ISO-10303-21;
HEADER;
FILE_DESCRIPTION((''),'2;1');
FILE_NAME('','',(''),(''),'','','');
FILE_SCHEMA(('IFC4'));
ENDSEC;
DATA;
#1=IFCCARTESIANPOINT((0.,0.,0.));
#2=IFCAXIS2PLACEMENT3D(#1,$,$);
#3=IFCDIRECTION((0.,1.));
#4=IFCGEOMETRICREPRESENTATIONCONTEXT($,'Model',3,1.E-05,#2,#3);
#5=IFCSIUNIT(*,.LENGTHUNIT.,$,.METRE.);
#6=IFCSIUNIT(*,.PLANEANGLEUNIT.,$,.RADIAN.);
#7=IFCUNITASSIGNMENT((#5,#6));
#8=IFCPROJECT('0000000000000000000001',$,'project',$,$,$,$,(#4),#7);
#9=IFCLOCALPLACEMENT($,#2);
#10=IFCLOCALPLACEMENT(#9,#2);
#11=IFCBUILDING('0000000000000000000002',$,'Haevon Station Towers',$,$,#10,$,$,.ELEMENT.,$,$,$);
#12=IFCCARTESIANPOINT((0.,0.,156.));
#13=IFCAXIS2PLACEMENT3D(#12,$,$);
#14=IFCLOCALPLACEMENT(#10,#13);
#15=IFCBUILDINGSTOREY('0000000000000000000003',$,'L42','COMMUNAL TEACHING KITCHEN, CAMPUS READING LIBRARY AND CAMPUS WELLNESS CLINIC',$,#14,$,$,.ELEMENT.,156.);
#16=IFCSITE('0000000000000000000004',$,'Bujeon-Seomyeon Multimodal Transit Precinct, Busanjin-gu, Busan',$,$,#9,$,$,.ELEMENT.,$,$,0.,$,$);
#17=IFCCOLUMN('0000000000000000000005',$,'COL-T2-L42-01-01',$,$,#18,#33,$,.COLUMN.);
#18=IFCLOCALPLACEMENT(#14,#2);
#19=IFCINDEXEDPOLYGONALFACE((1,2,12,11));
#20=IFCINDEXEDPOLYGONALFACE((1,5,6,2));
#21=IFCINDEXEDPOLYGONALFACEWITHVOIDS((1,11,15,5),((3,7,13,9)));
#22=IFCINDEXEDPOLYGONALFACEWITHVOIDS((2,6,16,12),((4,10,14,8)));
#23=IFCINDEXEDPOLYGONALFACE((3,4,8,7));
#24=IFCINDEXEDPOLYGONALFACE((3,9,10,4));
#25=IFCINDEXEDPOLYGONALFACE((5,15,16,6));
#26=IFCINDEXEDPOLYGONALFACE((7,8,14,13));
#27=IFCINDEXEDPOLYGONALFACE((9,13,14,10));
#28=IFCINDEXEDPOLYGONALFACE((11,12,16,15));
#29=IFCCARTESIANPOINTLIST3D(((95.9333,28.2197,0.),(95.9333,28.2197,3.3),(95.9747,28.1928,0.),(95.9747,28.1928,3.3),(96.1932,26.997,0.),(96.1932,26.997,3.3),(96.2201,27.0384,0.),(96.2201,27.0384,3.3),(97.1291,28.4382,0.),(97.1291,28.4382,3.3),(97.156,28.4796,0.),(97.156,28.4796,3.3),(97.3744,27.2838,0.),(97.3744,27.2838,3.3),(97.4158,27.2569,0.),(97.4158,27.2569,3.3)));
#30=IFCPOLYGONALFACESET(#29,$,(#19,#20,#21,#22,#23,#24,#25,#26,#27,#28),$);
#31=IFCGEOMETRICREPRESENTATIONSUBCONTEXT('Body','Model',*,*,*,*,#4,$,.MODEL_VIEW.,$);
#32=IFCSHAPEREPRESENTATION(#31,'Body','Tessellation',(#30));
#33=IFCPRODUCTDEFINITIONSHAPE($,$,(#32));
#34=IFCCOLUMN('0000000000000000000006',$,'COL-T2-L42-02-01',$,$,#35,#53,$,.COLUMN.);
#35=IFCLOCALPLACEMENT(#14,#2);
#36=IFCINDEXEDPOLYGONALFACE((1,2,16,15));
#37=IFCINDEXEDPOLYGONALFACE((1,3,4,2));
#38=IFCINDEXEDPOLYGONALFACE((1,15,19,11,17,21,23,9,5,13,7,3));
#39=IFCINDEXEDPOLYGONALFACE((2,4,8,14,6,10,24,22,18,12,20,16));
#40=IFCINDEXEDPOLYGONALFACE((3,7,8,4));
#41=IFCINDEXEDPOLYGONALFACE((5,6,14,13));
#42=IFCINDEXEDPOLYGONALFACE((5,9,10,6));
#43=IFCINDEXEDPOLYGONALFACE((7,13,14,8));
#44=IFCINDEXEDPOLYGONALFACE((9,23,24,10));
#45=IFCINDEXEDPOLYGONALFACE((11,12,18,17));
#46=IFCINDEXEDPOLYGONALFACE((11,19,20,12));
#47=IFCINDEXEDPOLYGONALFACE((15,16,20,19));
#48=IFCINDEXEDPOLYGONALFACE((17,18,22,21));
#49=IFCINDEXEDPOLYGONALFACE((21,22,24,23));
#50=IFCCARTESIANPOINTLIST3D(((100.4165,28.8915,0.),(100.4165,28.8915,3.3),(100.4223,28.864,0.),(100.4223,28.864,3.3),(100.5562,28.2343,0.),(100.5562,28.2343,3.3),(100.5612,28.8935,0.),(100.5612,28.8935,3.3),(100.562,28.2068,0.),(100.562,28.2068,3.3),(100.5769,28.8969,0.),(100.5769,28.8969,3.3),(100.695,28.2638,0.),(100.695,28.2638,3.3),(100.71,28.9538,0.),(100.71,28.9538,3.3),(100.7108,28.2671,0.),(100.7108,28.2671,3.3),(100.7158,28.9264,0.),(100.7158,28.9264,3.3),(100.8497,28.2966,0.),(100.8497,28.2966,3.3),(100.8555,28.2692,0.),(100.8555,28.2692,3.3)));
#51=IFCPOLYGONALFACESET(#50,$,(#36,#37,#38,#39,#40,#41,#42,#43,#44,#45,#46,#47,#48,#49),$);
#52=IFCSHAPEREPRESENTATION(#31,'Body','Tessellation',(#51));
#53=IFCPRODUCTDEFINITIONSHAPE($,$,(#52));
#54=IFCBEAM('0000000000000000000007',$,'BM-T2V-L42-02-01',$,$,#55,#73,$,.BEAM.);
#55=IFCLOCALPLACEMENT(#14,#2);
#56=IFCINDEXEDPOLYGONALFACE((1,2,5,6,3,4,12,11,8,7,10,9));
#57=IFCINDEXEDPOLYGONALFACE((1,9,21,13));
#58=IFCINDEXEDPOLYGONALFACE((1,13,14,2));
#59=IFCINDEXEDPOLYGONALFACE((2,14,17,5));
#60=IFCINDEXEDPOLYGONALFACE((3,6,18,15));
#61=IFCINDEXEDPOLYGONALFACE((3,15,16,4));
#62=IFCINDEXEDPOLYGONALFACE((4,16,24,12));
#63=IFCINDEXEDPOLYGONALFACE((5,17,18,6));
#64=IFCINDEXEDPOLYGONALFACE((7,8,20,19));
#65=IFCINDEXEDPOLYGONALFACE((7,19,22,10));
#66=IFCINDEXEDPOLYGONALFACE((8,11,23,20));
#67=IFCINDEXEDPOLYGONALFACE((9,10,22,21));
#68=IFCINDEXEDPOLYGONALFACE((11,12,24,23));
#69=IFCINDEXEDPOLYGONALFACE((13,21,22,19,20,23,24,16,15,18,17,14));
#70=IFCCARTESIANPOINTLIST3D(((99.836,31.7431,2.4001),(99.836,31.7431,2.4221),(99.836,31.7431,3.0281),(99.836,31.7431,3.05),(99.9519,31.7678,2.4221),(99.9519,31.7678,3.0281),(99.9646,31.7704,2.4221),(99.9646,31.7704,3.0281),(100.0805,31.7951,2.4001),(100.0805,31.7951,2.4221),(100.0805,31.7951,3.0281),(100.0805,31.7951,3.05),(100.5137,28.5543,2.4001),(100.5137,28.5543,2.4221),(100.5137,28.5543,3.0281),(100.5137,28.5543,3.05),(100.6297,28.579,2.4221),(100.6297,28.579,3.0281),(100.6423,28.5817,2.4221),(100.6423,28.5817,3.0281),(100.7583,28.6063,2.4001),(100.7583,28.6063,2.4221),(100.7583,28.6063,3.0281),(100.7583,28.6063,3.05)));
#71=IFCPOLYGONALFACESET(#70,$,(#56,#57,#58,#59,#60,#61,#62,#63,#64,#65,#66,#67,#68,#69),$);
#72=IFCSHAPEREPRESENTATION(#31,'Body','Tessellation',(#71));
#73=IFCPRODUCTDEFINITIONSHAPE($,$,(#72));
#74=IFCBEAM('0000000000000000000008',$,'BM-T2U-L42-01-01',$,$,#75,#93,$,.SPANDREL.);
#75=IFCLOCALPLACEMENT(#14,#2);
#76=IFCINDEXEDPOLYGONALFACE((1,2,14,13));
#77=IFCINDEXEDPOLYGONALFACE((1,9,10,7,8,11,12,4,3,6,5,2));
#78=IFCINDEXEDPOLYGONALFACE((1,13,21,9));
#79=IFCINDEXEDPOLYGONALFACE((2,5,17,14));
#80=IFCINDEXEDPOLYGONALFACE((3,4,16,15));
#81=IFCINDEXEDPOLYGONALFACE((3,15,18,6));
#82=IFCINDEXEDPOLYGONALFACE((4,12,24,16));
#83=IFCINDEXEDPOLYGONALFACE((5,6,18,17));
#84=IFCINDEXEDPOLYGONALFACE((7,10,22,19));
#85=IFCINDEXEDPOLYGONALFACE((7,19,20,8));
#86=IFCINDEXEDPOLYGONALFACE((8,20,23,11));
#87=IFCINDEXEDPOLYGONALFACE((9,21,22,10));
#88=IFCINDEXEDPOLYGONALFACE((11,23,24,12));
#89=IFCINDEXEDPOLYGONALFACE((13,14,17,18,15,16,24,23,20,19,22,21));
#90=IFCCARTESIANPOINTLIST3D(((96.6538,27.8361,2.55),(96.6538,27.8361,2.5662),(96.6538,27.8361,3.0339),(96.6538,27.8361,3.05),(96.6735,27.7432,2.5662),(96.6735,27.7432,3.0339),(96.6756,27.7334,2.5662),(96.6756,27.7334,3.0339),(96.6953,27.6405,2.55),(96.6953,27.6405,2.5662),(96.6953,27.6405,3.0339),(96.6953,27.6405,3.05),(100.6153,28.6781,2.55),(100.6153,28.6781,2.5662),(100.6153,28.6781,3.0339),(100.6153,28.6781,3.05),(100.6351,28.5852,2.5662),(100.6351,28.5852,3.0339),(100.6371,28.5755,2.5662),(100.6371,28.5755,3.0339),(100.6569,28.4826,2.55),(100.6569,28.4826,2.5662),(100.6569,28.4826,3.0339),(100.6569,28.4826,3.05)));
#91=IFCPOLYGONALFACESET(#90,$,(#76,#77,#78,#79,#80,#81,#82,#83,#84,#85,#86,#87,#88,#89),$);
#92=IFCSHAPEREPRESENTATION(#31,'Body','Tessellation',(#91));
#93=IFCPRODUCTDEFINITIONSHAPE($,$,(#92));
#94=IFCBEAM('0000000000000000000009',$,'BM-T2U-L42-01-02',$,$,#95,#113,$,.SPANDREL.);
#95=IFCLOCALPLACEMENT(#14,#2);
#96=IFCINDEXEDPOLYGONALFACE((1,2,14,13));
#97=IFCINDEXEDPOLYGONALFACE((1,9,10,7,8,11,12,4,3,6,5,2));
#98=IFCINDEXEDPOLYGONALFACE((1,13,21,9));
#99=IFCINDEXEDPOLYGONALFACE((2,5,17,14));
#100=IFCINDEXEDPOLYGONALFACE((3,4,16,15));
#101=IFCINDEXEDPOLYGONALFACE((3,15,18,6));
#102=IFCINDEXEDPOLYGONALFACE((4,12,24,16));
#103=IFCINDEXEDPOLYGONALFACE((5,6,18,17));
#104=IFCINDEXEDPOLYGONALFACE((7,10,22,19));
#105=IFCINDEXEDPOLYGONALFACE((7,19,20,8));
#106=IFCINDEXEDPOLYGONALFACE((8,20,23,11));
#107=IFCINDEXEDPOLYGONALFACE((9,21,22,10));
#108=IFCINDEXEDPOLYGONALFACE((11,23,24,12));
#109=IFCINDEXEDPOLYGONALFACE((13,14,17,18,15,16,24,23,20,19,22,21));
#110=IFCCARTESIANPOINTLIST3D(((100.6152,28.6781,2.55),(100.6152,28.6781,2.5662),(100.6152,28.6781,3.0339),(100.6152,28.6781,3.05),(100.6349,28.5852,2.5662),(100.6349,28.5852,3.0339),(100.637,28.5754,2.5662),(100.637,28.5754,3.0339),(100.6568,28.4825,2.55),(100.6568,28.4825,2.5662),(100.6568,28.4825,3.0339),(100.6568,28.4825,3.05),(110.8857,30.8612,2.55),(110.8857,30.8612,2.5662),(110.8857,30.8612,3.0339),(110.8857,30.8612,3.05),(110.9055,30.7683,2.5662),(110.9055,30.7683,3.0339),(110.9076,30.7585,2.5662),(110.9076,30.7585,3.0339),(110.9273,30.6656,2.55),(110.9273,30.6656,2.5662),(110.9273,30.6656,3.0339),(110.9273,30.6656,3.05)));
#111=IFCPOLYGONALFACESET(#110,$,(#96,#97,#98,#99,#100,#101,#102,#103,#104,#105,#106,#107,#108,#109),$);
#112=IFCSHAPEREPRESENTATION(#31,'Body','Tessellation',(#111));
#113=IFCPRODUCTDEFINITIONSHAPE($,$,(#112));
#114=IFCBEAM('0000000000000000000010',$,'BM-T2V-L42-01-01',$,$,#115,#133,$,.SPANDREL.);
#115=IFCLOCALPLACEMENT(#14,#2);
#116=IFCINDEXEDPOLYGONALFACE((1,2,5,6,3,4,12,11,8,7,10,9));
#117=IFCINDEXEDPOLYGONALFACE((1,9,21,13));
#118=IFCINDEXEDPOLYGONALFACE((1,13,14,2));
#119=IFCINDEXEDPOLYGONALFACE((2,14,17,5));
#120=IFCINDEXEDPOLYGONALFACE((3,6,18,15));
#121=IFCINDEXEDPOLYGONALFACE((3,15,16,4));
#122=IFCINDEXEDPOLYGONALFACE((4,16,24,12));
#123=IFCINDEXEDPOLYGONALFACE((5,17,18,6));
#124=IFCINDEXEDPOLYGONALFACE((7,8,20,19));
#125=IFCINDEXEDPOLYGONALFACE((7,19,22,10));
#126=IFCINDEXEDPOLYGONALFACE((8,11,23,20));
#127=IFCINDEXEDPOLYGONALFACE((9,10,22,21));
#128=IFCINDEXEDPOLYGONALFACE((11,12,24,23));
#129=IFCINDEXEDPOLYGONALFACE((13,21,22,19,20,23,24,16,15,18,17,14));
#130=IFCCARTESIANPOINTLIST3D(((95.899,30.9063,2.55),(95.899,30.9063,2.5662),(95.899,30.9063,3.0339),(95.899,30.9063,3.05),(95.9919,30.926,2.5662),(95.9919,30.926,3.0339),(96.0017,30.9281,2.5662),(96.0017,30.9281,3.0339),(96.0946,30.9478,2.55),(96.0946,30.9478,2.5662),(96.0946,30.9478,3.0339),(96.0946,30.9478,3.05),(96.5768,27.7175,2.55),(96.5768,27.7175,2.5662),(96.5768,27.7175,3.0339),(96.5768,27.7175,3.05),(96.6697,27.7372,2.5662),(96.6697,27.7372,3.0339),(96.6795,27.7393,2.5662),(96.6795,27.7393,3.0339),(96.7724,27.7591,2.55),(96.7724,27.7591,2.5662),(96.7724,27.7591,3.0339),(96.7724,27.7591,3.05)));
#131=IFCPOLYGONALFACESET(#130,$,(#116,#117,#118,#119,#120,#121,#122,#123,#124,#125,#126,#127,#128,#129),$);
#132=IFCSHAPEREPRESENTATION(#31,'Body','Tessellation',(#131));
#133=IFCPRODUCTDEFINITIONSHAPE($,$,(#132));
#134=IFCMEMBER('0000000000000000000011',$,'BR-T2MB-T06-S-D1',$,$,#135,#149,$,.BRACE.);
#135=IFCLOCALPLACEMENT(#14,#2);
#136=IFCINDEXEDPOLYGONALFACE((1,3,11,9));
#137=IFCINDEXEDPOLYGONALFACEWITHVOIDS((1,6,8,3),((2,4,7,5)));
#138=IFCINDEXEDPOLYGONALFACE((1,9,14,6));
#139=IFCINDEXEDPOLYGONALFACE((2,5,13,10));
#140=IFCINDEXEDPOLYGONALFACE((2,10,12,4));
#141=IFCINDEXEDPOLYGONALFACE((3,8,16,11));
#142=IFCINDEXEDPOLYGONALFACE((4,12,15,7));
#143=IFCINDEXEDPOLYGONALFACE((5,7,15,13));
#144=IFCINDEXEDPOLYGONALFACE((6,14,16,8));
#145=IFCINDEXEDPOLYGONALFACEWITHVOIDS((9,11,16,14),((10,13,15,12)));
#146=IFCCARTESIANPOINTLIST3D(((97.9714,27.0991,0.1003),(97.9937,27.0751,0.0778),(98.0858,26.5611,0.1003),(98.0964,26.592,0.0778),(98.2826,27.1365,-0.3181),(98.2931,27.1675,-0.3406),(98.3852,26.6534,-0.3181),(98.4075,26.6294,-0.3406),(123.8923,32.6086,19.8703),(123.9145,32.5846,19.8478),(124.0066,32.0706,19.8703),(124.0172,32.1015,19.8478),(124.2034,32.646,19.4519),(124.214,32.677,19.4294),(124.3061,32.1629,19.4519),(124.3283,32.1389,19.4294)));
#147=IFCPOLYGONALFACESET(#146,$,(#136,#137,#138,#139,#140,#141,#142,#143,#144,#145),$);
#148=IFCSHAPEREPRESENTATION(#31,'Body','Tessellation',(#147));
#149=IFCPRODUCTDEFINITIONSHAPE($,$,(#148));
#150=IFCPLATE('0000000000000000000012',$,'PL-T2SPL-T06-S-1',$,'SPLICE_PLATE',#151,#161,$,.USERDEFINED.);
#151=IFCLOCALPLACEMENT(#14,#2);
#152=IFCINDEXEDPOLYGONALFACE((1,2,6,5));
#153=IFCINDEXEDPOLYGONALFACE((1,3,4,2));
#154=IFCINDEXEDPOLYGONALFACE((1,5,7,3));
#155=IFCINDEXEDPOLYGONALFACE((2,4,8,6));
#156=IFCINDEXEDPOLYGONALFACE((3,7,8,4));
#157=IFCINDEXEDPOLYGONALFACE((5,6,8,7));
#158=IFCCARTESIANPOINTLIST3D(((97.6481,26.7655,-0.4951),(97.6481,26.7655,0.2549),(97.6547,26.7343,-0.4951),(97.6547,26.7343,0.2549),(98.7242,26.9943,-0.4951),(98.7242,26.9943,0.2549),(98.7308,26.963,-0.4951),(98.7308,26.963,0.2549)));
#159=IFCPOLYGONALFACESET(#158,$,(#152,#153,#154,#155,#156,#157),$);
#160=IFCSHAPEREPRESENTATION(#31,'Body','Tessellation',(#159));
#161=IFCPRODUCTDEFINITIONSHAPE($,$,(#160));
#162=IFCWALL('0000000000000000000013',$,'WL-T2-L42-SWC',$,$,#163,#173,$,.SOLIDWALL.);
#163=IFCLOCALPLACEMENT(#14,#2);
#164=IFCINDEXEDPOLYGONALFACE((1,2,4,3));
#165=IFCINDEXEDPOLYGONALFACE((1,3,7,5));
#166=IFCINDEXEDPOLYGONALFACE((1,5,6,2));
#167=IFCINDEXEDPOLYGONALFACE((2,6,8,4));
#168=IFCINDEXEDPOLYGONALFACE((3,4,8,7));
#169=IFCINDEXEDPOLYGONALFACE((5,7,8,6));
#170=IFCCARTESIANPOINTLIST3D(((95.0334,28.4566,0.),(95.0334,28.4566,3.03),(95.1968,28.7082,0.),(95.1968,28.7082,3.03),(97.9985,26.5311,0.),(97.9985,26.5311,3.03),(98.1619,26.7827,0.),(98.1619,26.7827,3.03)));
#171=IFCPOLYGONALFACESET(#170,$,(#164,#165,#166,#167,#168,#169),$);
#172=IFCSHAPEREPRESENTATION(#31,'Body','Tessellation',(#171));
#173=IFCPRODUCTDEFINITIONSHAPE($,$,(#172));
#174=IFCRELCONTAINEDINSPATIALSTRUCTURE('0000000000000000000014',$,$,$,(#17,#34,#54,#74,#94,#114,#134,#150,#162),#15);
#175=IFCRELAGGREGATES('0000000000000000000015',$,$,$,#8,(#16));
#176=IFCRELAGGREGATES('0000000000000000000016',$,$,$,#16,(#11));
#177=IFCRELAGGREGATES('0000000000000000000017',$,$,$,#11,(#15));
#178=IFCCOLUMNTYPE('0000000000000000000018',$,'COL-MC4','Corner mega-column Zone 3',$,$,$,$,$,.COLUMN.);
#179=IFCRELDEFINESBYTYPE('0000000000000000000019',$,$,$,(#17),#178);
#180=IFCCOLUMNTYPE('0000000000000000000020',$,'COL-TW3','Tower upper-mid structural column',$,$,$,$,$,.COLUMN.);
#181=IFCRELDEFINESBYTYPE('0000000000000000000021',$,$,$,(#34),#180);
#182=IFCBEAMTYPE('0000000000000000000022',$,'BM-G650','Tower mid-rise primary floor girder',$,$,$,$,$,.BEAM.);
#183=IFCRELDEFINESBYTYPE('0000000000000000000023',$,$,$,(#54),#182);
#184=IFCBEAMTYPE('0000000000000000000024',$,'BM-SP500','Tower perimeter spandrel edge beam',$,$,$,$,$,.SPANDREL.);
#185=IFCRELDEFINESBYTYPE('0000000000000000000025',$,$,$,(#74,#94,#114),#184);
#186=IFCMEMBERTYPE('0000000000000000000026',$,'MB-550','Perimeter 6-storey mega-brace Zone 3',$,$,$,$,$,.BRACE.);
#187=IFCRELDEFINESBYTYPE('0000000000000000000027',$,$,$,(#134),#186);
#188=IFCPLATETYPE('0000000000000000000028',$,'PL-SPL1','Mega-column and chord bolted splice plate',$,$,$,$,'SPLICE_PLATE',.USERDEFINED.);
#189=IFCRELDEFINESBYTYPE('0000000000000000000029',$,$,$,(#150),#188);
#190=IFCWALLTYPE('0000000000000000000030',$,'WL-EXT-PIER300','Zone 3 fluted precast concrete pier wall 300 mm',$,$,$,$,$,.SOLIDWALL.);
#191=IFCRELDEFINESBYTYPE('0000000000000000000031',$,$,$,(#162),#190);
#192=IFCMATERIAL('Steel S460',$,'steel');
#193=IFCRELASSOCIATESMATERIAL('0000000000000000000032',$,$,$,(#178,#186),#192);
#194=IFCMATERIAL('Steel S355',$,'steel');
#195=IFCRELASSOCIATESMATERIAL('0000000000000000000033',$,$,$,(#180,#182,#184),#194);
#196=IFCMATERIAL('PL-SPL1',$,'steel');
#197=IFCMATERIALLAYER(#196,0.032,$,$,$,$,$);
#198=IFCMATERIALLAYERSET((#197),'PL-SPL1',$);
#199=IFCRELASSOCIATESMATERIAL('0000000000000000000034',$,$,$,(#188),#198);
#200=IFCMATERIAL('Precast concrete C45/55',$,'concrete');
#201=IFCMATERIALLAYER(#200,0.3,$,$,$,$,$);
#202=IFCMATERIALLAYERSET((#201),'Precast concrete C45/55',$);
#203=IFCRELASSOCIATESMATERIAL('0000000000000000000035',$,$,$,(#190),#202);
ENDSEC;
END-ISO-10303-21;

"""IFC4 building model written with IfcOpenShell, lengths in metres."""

from ifc_helpers import new_model, si_unit, direction, frame, frame_2d, origin, origin_2d, place, context, subcontext, project, spatial, rectangle, hollow_rectangle, i_section, extrude, material, layer, layer_set, material_profile, profile_set, type_object, element, save


model = new_model("IFC4")

# Units and contexts
model_context = context("Model", 3, precision=1e-05, world=origin(), true_north=direction((0.0, 1.0)))
body_context = subcontext(model_context, "Body", "Model", "MODEL_VIEW")
ifc_project = project(units=[si_unit("LENGTHUNIT", "METRE"), si_unit("PLANEANGLEUNIT", "RADIAN")], contexts=[model_context])

# Site, building, storey
site_placement = place(None, origin())
site = spatial("IfcSite", under=ifc_project, at=site_placement, Name="Bujeon-Seomyeon Multimodal Transit Precinct, Busanjin-gu, Busan", CompositionType="ELEMENT", RefElevation=0.0)
building_placement = place(site_placement, origin())
building = spatial("IfcBuilding", under=site, at=building_placement, Name="Haevon Station Towers", CompositionType="ELEMENT")
storey_placement = place(building_placement, frame((0.0, 0.0, 156.0)))
storey = spatial("IfcBuildingStorey", under=building, at=storey_placement, Name="L42", Description="COMMUNAL TEACHING KITCHEN, CAMPUS READING LIBRARY AND CAMPUS WELLNESS CLINIC", CompositionType="ELEMENT", Elevation=156.0)

# Columns
ifc_material_1 = material(Name="Steel S460", Category="steel")
ifc_material_profile_1 = material_profile(ifc_material_1, hollow_rectangle(XDim=1.25, YDim=1.25, WallThickness=0.0349, at=origin_2d()), Name="BOX-1250x1250x35")
ifc_profile_set_1 = profile_set([ifc_material_profile_1], Name="Steel S460")
column_type_1 = type_object("IfcColumnType", Name="COL-MC4", Description="Corner mega-column Zone 3", PredefinedType="COLUMN", material=ifc_profile_set_1)
column_1_placement = place(storey_placement, frame((96.6746, 27.7383, 0.0), z_axis=(0.0, 0.0, 1.0), x_axis=(0.978148, 0.207912, 0.0)))
element("IfcColumn", 1, at=column_1_placement, inside=storey, type_object=column_type_1, Name="COL-T2-L42-01-01", PredefinedType="COLUMN", context=body_context, shape_type="SweptSolid", body=[
    extrude(hollow_rectangle(XDim=1.25, YDim=1.25, WallThickness=0.0349, at=origin_2d()), origin(), (0.0, 0.0, 1.0), 3.3),
])
ifc_material_2 = material(Name="Steel S355", Category="steel")
ifc_material_profile_2 = material_profile(ifc_material_2, i_section(OverallWidth=0.3, OverallDepth=0.7, WebThickness=0.0161, FlangeThickness=0.0281, at=origin_2d()), Name="H-700x300x16x28")
ifc_profile_set_2 = profile_set([ifc_material_profile_2], Name="Steel S355")
column_type_2 = type_object("IfcColumnType", Name="COL-TW3", Description="Tower upper-mid structural column", PredefinedType="COLUMN", material=ifc_profile_set_2)
column_2_placement = place(storey_placement, frame((100.636, 28.5803, 0.0), z_axis=(0.0, 0.0, 1.0), x_axis=(0.978148, 0.207912, 0.0)))
element("IfcColumn", 2, at=column_2_placement, inside=storey, type_object=column_type_2, Name="COL-T2-L42-02-01", PredefinedType="COLUMN", context=body_context, shape_type="SweptSolid", body=[
    extrude(i_section(OverallWidth=0.3, OverallDepth=0.7, WebThickness=0.0161, FlangeThickness=0.0281, at=origin_2d()), origin(), (0.0, 0.0, 1.0), 3.3),
])

# Beams
ifc_material_profile_3 = material_profile(ifc_material_2, i_section(OverallWidth=0.25, OverallDepth=0.6499, WebThickness=0.0129, FlangeThickness=0.022, at=origin_2d()), Name="H-650x250x13x22")
ifc_profile_set_3 = profile_set([ifc_material_profile_3], Name="Steel S355")
beam_type_1 = type_object("IfcBeamType", Name="BM-G650", Description="Tower mid-rise primary floor girder", PredefinedType="BEAM", material=ifc_profile_set_3)
beam_1_placement = place(storey_placement, frame((100.636, 28.5803, 2.7251), z_axis=(-0.207897, 0.978151, 0.0), x_axis=(-0.978151, -0.207897, 0.0)))
element("IfcBeam", 3, at=beam_1_placement, inside=storey, type_object=beam_type_1, Name="BM-T2V-L42-02-01", PredefinedType="BEAM", context=body_context, shape_type="SweptSolid", body=[
    extrude(i_section(OverallWidth=0.25, OverallDepth=0.6499, WebThickness=0.0129, FlangeThickness=0.022, at=origin_2d()), origin(), (0.0, 0.0, 1.0), 3.26),
])
ifc_material_profile_4 = material_profile(ifc_material_2, i_section(OverallWidth=0.2, OverallDepth=0.5, WebThickness=0.01, FlangeThickness=0.0161, at=origin_2d()), Name="H-500x200x10x16")
ifc_profile_set_4 = profile_set([ifc_material_profile_4], Name="Steel S355")
beam_type_2 = type_object("IfcBeamType", Name="BM-SP500", Description="Tower perimeter spandrel edge beam", PredefinedType="SPANDREL", material=ifc_profile_set_4)
beam_2_placement = place(storey_placement, frame((96.6746, 27.7383, 2.8), z_axis=(0.978147, 0.207915, 0.0), x_axis=(-0.207915, 0.978147, 0.0)))
element("IfcBeam", 4, at=beam_2_placement, inside=storey, type_object=beam_type_2, Name="BM-T2U-L42-01-01", PredefinedType="SPANDREL", context=body_context, shape_type="SweptSolid", body=[
    extrude(i_section(OverallWidth=0.2, OverallDepth=0.5, WebThickness=0.01, FlangeThickness=0.0161, at=origin_2d()), origin(), (0.0, 0.0, 1.0), 4.05),
])
beam_3_placement = place(storey_placement, frame((100.636, 28.5803, 2.8), z_axis=(0.978147, 0.207915, 0.0), x_axis=(-0.207915, 0.978147, 0.0)))
element("IfcBeam", 5, at=beam_3_placement, inside=storey, type_object=beam_type_2, Name="BM-T2U-L42-01-02", PredefinedType="SPANDREL", context=body_context, shape_type="SweptSolid", body=[
    extrude(i_section(OverallWidth=0.2, OverallDepth=0.5, WebThickness=0.01, FlangeThickness=0.0161, at=origin_2d()), origin(), (0.0, 0.0, 1.0), 10.5),
])
beam_4_placement = place(storey_placement, frame((96.6746, 27.7383, 2.8), z_axis=(-0.207897, 0.978151, 0.0), x_axis=(-0.978151, -0.207897, 0.0)))
element("IfcBeam", 6, at=beam_4_placement, inside=storey, type_object=beam_type_2, Name="BM-T2V-L42-01-01", PredefinedType="SPANDREL", context=body_context, shape_type="SweptSolid", body=[
    extrude(i_section(OverallWidth=0.2, OverallDepth=0.5, WebThickness=0.01, FlangeThickness=0.0161, at=origin_2d()), origin(), (0.0, 0.0, 1.0), 3.26),
])

# Member
ifc_material_profile_5 = material_profile(ifc_material_1, hollow_rectangle(XDim=0.55, YDim=0.55, WallThickness=0.0281, at=origin_2d()), Name="RHS-550x550x28")
ifc_profile_set_5 = profile_set([ifc_material_profile_5], Name="Steel S460")
member_type = type_object("IfcMemberType", Name="MB-550", Description="Perimeter 6-storey mega-brace Zone 3", PredefinedType="BRACE", material=ifc_profile_set_5)
member_placement = place(storey_placement, frame((98.1895, 26.8643, -0.1201), z_axis=(0.784007, 0.166642, 0.597967), x_axis=(-0.207907, 0.978149, 0.0)))
element("IfcMember", 7, at=member_placement, inside=storey, type_object=member_type, Name="BR-T2MB-T06-S-D1", PredefinedType="BRACE", context=body_context, shape_type="SweptSolid", body=[
    extrude(hollow_rectangle(XDim=0.55, YDim=0.55, WallThickness=0.0281, at=origin_2d()), origin(), (0.0, 0.0, 1.0), 33.062),
])

# Plate
ifc_material_3 = material(Name="PL-SPL1", Category="steel")
ifc_layer_1 = layer(ifc_material_3, 0.032)
ifc_layer_set_1 = layer_set([ifc_layer_1], Name="PL-SPL1")
plate_type = type_object("IfcPlateType", Name="PL-SPL1", Description="Mega-column and chord bolted splice plate", ElementType="SPLICE_PLATE", PredefinedType="USERDEFINED", material=ifc_layer_set_1)
plate_placement = place(storey_placement, frame((98.1895, 26.8643, -0.4951), z_axis=(0.0, 0.0, 1.0), x_axis=(0.978148, 0.207912, 0.0)))
element("IfcPlate", 8, at=plate_placement, inside=storey, type_object=plate_type, Name="PL-T2SPL-T06-S-1", ObjectType="SPLICE_PLATE", PredefinedType="USERDEFINED", context=body_context, shape_type="SweptSolid", body=[
    extrude(rectangle(XDim=1.1001, YDim=0.032, at=origin_2d()), origin(), (0.0, 0.0, 1.0), 0.75),
])

# Wall
ifc_material_4 = material(Name="Precast concrete C45/55", Category="concrete")
ifc_layer_2 = layer(ifc_material_4, 0.3)
ifc_layer_set_2 = layer_set([ifc_layer_2], Name="Precast concrete C45/55")
wall_type_1 = type_object("IfcWallType", Name="WL-EXT-PIER300", Description="Zone 3 fluted precast concrete pier wall 300 mm", PredefinedType="SOLIDWALL", material=ifc_layer_set_2)
wall_1_placement = place(storey_placement, frame((98.0801, 26.657, 0.0), z_axis=(0.0, 0.0, 1.0), x_axis=(-0.838672, 0.544636, 0.0)))
element("IfcWall", 9, at=wall_1_placement, inside=storey, type_object=wall_type_1, Name="WL-T2-L42-SWC", PredefinedType="SOLIDWALL", context=body_context, shape_type="SweptSolid", body=[
    extrude(rectangle(XDim=3.5354, YDim=0.3, at=frame_2d((1.7676, 0.0))), origin(), (0.0, 0.0, 1.0), 3.03),
])

save(model, "model.ifc")
